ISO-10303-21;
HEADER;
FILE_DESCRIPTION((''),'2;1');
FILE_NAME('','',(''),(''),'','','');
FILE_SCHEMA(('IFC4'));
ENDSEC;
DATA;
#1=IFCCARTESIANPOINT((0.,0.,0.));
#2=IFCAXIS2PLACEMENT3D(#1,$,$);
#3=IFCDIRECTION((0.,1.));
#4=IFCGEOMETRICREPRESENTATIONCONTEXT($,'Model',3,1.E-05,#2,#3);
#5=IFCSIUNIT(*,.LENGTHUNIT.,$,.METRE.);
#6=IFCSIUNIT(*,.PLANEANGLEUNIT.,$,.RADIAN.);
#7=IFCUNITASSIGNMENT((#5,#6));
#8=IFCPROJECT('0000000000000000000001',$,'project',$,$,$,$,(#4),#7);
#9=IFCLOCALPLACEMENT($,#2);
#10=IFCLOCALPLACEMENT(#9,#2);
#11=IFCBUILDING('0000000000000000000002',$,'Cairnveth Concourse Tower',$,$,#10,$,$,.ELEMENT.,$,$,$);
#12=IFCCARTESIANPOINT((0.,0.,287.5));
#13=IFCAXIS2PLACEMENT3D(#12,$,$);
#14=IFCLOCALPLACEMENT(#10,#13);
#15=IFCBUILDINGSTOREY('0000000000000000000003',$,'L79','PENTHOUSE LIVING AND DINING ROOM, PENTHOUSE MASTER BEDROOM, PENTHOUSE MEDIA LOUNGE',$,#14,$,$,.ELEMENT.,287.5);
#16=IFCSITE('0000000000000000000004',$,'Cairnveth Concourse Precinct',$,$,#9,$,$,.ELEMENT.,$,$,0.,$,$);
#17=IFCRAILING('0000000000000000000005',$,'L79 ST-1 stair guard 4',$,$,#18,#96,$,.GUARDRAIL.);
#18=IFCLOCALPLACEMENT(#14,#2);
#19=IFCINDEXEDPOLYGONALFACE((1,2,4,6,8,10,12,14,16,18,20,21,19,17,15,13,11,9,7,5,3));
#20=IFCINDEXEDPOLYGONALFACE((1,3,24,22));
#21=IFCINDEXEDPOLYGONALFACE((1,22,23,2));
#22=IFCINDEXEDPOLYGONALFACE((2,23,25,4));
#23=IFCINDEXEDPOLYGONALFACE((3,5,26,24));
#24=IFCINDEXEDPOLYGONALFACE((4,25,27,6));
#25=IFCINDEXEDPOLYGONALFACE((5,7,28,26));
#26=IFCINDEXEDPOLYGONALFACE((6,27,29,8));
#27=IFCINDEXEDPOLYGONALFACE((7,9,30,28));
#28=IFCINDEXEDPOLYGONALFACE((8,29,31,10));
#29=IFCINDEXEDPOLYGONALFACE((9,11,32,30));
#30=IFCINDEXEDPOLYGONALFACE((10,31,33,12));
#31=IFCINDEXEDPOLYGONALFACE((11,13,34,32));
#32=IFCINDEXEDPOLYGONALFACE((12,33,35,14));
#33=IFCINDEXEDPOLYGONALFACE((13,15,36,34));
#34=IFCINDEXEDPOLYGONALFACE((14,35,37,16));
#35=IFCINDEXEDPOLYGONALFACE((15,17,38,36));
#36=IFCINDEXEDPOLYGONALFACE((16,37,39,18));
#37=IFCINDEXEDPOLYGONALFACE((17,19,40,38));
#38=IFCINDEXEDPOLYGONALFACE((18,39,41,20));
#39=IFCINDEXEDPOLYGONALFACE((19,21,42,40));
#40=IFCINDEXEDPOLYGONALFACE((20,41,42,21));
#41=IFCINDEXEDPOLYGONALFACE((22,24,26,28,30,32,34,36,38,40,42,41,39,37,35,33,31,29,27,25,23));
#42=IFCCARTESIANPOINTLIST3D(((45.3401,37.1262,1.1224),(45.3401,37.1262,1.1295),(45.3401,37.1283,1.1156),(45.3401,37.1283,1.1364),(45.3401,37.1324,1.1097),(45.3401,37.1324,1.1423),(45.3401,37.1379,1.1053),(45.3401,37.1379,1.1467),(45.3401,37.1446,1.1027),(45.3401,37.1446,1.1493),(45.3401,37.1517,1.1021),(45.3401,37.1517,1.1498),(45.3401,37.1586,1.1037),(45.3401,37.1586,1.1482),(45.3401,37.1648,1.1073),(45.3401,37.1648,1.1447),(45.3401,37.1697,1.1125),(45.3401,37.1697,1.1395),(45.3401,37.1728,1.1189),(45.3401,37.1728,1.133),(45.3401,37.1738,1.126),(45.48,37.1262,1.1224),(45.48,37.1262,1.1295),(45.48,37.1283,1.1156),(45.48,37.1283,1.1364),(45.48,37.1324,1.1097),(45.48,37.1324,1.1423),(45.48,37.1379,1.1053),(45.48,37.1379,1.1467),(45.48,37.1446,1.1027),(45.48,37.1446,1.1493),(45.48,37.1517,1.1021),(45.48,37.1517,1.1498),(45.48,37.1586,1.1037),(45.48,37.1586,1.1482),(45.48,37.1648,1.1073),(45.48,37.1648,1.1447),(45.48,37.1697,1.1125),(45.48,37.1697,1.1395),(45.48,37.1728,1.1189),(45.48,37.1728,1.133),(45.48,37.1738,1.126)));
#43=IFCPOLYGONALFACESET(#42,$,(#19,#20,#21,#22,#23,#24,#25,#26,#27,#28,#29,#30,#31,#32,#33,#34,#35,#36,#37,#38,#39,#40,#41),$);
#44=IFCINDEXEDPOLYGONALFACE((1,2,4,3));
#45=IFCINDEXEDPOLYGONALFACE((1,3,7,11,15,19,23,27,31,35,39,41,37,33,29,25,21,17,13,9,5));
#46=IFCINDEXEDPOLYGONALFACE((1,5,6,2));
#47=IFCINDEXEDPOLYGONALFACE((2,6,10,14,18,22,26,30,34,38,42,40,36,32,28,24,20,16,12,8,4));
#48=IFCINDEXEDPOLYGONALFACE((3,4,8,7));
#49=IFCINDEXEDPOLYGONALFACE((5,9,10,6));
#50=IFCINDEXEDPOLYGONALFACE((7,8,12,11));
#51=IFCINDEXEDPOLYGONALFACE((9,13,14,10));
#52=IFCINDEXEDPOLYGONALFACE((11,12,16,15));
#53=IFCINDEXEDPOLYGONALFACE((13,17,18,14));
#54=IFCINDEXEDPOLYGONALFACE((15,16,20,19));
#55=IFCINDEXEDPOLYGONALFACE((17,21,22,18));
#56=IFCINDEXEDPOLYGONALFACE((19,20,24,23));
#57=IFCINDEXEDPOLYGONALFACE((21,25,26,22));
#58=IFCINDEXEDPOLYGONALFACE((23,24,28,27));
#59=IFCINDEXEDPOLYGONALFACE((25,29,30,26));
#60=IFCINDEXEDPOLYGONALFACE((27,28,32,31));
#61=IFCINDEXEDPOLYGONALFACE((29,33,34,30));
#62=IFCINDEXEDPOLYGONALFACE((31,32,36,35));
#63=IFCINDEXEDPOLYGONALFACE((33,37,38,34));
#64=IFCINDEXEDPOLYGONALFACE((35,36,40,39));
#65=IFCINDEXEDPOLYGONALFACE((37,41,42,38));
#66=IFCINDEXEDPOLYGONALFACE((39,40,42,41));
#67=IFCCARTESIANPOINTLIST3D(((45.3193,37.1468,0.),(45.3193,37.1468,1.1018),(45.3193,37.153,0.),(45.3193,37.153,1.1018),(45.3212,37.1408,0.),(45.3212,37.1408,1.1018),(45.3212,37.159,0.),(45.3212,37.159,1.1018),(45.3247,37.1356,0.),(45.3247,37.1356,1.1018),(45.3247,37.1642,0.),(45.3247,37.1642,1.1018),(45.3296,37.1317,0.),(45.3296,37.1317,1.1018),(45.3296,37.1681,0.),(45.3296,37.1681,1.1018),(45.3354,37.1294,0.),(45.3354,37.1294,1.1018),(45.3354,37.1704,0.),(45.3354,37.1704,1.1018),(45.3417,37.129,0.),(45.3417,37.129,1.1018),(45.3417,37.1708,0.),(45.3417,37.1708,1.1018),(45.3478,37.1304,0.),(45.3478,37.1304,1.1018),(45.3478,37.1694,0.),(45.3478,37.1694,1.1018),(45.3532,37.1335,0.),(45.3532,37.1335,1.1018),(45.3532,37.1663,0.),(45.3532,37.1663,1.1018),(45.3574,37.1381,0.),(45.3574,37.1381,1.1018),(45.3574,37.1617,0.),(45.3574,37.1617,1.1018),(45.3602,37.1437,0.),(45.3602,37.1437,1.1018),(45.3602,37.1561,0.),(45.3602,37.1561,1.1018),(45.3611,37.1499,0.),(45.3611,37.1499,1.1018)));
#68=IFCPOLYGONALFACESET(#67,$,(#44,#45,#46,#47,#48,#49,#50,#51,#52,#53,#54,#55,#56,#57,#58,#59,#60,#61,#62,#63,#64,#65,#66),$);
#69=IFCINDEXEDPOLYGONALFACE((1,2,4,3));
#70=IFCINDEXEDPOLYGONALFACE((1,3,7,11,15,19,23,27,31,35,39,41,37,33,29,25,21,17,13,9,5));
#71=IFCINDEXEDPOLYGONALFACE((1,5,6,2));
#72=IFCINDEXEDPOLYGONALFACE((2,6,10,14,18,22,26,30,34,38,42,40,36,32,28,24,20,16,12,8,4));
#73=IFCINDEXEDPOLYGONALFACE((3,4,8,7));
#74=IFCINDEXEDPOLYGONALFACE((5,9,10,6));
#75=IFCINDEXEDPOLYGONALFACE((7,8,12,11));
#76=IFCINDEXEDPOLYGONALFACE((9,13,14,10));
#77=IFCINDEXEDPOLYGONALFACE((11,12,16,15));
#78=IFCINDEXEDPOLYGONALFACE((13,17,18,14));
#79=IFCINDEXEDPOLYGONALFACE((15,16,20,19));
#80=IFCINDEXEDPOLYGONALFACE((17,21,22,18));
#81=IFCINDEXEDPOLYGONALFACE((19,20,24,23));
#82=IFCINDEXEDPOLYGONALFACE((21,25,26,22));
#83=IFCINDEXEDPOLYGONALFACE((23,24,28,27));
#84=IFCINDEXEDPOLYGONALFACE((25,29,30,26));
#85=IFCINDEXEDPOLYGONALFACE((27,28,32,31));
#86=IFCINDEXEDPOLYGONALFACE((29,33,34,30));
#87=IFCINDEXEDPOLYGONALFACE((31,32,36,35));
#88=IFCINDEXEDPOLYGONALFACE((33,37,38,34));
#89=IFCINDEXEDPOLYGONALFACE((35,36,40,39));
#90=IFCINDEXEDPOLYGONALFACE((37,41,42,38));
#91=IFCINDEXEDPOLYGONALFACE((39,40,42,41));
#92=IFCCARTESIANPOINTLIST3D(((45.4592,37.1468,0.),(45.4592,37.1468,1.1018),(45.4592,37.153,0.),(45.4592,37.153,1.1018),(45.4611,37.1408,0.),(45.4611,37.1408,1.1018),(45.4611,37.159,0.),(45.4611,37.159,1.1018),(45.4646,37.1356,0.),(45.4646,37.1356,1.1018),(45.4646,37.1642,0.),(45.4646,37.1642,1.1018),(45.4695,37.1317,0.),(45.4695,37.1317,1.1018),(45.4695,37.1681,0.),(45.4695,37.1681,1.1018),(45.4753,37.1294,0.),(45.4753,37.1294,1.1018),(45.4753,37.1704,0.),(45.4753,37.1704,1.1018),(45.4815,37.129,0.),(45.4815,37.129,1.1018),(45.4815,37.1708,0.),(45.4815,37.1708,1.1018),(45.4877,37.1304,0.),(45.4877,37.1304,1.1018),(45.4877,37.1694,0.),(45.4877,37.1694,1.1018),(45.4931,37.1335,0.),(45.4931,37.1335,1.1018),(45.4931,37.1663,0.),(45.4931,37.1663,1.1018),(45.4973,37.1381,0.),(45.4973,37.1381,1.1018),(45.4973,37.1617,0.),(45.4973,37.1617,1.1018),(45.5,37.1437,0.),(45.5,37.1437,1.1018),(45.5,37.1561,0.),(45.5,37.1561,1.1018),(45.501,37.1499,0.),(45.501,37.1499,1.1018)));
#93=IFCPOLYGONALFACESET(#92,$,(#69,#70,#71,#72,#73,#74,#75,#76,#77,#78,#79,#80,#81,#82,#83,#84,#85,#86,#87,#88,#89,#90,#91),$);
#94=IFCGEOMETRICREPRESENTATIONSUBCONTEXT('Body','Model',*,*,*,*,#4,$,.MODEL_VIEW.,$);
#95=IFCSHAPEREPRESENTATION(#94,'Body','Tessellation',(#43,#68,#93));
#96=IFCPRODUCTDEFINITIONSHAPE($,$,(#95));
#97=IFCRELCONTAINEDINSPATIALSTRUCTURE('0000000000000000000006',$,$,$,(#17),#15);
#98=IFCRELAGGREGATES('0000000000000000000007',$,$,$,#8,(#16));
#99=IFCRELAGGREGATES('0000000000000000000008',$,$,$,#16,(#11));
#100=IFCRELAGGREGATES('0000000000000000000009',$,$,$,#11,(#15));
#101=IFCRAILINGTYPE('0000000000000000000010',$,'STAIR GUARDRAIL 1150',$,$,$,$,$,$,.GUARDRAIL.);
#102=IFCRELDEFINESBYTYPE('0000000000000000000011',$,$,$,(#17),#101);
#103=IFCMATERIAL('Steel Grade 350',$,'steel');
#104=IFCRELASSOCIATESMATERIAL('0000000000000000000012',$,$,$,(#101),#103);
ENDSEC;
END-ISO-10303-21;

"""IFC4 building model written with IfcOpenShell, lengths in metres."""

from ifc_helpers import new_model, si_unit, direction, frame, origin, origin_2d, place, context, subcontext, project, spatial, circle, extrude, material, type_object, element, save


model = new_model("IFC4")

# Units and contexts
model_context = context("Model", 3, precision=1e-05, world=origin(), true_north=direction((0.0, 1.0)))
body_context = subcontext(model_context, "Body", "Model", "MODEL_VIEW")
ifc_project = project(units=[si_unit("LENGTHUNIT", "METRE"), si_unit("PLANEANGLEUNIT", "RADIAN")], contexts=[model_context])

# Site, building, storey
site_placement = place(None, origin())
site = spatial("IfcSite", under=ifc_project, at=site_placement, Name="Cairnveth Concourse Precinct", CompositionType="ELEMENT", RefElevation=0.0)
building_placement = place(site_placement, origin())
building = spatial("IfcBuilding", under=site, at=building_placement, Name="Cairnveth Concourse Tower", CompositionType="ELEMENT")
storey_placement = place(building_placement, frame((0.0, 0.0, 287.5)))
storey = spatial("IfcBuildingStorey", under=building, at=storey_placement, Name="L79", Description="PENTHOUSE LIVING AND DINING ROOM, PENTHOUSE MASTER BEDROOM, PENTHOUSE MEDIA LOUNGE", CompositionType="ELEMENT", Elevation=287.5)

# Shared definitions
ifc_material_1 = material(Name="Steel Grade 350", Category="steel")

# Railing
railing_type = type_object("IfcRailingType", Name="STAIR GUARDRAIL 1150", PredefinedType="GUARDRAIL", material=ifc_material_1)
railing_placement = place(storey_placement, frame((45.3401, 37.1499, 0.0)))
element("IfcRailing", 1, at=railing_placement, inside=storey, type_object=railing_type, Name="L79 ST-1 stair guard 4", PredefinedType="GUARDRAIL", context=body_context, shape_type="SweptSolid", body=[
    extrude(circle(Radius=0.0239, at=origin_2d()), frame((0.0, 0.0, 1.126), z_axis=(1.0, 0.0, 0.0), x_axis=(0.0, 1.0, 0.0)), (0.0, 0.0, 1.0), 0.1399),
    extrude(circle(Radius=0.021, at=origin_2d()), origin(), (0.0, 0.0, 1.0), 1.1018),
    extrude(circle(Radius=0.021, at=origin_2d()), frame((0.1399, 0.0, 0.0)), (0.0, 0.0, 1.0), 1.1018),
])

save(model, "model.ifc")
